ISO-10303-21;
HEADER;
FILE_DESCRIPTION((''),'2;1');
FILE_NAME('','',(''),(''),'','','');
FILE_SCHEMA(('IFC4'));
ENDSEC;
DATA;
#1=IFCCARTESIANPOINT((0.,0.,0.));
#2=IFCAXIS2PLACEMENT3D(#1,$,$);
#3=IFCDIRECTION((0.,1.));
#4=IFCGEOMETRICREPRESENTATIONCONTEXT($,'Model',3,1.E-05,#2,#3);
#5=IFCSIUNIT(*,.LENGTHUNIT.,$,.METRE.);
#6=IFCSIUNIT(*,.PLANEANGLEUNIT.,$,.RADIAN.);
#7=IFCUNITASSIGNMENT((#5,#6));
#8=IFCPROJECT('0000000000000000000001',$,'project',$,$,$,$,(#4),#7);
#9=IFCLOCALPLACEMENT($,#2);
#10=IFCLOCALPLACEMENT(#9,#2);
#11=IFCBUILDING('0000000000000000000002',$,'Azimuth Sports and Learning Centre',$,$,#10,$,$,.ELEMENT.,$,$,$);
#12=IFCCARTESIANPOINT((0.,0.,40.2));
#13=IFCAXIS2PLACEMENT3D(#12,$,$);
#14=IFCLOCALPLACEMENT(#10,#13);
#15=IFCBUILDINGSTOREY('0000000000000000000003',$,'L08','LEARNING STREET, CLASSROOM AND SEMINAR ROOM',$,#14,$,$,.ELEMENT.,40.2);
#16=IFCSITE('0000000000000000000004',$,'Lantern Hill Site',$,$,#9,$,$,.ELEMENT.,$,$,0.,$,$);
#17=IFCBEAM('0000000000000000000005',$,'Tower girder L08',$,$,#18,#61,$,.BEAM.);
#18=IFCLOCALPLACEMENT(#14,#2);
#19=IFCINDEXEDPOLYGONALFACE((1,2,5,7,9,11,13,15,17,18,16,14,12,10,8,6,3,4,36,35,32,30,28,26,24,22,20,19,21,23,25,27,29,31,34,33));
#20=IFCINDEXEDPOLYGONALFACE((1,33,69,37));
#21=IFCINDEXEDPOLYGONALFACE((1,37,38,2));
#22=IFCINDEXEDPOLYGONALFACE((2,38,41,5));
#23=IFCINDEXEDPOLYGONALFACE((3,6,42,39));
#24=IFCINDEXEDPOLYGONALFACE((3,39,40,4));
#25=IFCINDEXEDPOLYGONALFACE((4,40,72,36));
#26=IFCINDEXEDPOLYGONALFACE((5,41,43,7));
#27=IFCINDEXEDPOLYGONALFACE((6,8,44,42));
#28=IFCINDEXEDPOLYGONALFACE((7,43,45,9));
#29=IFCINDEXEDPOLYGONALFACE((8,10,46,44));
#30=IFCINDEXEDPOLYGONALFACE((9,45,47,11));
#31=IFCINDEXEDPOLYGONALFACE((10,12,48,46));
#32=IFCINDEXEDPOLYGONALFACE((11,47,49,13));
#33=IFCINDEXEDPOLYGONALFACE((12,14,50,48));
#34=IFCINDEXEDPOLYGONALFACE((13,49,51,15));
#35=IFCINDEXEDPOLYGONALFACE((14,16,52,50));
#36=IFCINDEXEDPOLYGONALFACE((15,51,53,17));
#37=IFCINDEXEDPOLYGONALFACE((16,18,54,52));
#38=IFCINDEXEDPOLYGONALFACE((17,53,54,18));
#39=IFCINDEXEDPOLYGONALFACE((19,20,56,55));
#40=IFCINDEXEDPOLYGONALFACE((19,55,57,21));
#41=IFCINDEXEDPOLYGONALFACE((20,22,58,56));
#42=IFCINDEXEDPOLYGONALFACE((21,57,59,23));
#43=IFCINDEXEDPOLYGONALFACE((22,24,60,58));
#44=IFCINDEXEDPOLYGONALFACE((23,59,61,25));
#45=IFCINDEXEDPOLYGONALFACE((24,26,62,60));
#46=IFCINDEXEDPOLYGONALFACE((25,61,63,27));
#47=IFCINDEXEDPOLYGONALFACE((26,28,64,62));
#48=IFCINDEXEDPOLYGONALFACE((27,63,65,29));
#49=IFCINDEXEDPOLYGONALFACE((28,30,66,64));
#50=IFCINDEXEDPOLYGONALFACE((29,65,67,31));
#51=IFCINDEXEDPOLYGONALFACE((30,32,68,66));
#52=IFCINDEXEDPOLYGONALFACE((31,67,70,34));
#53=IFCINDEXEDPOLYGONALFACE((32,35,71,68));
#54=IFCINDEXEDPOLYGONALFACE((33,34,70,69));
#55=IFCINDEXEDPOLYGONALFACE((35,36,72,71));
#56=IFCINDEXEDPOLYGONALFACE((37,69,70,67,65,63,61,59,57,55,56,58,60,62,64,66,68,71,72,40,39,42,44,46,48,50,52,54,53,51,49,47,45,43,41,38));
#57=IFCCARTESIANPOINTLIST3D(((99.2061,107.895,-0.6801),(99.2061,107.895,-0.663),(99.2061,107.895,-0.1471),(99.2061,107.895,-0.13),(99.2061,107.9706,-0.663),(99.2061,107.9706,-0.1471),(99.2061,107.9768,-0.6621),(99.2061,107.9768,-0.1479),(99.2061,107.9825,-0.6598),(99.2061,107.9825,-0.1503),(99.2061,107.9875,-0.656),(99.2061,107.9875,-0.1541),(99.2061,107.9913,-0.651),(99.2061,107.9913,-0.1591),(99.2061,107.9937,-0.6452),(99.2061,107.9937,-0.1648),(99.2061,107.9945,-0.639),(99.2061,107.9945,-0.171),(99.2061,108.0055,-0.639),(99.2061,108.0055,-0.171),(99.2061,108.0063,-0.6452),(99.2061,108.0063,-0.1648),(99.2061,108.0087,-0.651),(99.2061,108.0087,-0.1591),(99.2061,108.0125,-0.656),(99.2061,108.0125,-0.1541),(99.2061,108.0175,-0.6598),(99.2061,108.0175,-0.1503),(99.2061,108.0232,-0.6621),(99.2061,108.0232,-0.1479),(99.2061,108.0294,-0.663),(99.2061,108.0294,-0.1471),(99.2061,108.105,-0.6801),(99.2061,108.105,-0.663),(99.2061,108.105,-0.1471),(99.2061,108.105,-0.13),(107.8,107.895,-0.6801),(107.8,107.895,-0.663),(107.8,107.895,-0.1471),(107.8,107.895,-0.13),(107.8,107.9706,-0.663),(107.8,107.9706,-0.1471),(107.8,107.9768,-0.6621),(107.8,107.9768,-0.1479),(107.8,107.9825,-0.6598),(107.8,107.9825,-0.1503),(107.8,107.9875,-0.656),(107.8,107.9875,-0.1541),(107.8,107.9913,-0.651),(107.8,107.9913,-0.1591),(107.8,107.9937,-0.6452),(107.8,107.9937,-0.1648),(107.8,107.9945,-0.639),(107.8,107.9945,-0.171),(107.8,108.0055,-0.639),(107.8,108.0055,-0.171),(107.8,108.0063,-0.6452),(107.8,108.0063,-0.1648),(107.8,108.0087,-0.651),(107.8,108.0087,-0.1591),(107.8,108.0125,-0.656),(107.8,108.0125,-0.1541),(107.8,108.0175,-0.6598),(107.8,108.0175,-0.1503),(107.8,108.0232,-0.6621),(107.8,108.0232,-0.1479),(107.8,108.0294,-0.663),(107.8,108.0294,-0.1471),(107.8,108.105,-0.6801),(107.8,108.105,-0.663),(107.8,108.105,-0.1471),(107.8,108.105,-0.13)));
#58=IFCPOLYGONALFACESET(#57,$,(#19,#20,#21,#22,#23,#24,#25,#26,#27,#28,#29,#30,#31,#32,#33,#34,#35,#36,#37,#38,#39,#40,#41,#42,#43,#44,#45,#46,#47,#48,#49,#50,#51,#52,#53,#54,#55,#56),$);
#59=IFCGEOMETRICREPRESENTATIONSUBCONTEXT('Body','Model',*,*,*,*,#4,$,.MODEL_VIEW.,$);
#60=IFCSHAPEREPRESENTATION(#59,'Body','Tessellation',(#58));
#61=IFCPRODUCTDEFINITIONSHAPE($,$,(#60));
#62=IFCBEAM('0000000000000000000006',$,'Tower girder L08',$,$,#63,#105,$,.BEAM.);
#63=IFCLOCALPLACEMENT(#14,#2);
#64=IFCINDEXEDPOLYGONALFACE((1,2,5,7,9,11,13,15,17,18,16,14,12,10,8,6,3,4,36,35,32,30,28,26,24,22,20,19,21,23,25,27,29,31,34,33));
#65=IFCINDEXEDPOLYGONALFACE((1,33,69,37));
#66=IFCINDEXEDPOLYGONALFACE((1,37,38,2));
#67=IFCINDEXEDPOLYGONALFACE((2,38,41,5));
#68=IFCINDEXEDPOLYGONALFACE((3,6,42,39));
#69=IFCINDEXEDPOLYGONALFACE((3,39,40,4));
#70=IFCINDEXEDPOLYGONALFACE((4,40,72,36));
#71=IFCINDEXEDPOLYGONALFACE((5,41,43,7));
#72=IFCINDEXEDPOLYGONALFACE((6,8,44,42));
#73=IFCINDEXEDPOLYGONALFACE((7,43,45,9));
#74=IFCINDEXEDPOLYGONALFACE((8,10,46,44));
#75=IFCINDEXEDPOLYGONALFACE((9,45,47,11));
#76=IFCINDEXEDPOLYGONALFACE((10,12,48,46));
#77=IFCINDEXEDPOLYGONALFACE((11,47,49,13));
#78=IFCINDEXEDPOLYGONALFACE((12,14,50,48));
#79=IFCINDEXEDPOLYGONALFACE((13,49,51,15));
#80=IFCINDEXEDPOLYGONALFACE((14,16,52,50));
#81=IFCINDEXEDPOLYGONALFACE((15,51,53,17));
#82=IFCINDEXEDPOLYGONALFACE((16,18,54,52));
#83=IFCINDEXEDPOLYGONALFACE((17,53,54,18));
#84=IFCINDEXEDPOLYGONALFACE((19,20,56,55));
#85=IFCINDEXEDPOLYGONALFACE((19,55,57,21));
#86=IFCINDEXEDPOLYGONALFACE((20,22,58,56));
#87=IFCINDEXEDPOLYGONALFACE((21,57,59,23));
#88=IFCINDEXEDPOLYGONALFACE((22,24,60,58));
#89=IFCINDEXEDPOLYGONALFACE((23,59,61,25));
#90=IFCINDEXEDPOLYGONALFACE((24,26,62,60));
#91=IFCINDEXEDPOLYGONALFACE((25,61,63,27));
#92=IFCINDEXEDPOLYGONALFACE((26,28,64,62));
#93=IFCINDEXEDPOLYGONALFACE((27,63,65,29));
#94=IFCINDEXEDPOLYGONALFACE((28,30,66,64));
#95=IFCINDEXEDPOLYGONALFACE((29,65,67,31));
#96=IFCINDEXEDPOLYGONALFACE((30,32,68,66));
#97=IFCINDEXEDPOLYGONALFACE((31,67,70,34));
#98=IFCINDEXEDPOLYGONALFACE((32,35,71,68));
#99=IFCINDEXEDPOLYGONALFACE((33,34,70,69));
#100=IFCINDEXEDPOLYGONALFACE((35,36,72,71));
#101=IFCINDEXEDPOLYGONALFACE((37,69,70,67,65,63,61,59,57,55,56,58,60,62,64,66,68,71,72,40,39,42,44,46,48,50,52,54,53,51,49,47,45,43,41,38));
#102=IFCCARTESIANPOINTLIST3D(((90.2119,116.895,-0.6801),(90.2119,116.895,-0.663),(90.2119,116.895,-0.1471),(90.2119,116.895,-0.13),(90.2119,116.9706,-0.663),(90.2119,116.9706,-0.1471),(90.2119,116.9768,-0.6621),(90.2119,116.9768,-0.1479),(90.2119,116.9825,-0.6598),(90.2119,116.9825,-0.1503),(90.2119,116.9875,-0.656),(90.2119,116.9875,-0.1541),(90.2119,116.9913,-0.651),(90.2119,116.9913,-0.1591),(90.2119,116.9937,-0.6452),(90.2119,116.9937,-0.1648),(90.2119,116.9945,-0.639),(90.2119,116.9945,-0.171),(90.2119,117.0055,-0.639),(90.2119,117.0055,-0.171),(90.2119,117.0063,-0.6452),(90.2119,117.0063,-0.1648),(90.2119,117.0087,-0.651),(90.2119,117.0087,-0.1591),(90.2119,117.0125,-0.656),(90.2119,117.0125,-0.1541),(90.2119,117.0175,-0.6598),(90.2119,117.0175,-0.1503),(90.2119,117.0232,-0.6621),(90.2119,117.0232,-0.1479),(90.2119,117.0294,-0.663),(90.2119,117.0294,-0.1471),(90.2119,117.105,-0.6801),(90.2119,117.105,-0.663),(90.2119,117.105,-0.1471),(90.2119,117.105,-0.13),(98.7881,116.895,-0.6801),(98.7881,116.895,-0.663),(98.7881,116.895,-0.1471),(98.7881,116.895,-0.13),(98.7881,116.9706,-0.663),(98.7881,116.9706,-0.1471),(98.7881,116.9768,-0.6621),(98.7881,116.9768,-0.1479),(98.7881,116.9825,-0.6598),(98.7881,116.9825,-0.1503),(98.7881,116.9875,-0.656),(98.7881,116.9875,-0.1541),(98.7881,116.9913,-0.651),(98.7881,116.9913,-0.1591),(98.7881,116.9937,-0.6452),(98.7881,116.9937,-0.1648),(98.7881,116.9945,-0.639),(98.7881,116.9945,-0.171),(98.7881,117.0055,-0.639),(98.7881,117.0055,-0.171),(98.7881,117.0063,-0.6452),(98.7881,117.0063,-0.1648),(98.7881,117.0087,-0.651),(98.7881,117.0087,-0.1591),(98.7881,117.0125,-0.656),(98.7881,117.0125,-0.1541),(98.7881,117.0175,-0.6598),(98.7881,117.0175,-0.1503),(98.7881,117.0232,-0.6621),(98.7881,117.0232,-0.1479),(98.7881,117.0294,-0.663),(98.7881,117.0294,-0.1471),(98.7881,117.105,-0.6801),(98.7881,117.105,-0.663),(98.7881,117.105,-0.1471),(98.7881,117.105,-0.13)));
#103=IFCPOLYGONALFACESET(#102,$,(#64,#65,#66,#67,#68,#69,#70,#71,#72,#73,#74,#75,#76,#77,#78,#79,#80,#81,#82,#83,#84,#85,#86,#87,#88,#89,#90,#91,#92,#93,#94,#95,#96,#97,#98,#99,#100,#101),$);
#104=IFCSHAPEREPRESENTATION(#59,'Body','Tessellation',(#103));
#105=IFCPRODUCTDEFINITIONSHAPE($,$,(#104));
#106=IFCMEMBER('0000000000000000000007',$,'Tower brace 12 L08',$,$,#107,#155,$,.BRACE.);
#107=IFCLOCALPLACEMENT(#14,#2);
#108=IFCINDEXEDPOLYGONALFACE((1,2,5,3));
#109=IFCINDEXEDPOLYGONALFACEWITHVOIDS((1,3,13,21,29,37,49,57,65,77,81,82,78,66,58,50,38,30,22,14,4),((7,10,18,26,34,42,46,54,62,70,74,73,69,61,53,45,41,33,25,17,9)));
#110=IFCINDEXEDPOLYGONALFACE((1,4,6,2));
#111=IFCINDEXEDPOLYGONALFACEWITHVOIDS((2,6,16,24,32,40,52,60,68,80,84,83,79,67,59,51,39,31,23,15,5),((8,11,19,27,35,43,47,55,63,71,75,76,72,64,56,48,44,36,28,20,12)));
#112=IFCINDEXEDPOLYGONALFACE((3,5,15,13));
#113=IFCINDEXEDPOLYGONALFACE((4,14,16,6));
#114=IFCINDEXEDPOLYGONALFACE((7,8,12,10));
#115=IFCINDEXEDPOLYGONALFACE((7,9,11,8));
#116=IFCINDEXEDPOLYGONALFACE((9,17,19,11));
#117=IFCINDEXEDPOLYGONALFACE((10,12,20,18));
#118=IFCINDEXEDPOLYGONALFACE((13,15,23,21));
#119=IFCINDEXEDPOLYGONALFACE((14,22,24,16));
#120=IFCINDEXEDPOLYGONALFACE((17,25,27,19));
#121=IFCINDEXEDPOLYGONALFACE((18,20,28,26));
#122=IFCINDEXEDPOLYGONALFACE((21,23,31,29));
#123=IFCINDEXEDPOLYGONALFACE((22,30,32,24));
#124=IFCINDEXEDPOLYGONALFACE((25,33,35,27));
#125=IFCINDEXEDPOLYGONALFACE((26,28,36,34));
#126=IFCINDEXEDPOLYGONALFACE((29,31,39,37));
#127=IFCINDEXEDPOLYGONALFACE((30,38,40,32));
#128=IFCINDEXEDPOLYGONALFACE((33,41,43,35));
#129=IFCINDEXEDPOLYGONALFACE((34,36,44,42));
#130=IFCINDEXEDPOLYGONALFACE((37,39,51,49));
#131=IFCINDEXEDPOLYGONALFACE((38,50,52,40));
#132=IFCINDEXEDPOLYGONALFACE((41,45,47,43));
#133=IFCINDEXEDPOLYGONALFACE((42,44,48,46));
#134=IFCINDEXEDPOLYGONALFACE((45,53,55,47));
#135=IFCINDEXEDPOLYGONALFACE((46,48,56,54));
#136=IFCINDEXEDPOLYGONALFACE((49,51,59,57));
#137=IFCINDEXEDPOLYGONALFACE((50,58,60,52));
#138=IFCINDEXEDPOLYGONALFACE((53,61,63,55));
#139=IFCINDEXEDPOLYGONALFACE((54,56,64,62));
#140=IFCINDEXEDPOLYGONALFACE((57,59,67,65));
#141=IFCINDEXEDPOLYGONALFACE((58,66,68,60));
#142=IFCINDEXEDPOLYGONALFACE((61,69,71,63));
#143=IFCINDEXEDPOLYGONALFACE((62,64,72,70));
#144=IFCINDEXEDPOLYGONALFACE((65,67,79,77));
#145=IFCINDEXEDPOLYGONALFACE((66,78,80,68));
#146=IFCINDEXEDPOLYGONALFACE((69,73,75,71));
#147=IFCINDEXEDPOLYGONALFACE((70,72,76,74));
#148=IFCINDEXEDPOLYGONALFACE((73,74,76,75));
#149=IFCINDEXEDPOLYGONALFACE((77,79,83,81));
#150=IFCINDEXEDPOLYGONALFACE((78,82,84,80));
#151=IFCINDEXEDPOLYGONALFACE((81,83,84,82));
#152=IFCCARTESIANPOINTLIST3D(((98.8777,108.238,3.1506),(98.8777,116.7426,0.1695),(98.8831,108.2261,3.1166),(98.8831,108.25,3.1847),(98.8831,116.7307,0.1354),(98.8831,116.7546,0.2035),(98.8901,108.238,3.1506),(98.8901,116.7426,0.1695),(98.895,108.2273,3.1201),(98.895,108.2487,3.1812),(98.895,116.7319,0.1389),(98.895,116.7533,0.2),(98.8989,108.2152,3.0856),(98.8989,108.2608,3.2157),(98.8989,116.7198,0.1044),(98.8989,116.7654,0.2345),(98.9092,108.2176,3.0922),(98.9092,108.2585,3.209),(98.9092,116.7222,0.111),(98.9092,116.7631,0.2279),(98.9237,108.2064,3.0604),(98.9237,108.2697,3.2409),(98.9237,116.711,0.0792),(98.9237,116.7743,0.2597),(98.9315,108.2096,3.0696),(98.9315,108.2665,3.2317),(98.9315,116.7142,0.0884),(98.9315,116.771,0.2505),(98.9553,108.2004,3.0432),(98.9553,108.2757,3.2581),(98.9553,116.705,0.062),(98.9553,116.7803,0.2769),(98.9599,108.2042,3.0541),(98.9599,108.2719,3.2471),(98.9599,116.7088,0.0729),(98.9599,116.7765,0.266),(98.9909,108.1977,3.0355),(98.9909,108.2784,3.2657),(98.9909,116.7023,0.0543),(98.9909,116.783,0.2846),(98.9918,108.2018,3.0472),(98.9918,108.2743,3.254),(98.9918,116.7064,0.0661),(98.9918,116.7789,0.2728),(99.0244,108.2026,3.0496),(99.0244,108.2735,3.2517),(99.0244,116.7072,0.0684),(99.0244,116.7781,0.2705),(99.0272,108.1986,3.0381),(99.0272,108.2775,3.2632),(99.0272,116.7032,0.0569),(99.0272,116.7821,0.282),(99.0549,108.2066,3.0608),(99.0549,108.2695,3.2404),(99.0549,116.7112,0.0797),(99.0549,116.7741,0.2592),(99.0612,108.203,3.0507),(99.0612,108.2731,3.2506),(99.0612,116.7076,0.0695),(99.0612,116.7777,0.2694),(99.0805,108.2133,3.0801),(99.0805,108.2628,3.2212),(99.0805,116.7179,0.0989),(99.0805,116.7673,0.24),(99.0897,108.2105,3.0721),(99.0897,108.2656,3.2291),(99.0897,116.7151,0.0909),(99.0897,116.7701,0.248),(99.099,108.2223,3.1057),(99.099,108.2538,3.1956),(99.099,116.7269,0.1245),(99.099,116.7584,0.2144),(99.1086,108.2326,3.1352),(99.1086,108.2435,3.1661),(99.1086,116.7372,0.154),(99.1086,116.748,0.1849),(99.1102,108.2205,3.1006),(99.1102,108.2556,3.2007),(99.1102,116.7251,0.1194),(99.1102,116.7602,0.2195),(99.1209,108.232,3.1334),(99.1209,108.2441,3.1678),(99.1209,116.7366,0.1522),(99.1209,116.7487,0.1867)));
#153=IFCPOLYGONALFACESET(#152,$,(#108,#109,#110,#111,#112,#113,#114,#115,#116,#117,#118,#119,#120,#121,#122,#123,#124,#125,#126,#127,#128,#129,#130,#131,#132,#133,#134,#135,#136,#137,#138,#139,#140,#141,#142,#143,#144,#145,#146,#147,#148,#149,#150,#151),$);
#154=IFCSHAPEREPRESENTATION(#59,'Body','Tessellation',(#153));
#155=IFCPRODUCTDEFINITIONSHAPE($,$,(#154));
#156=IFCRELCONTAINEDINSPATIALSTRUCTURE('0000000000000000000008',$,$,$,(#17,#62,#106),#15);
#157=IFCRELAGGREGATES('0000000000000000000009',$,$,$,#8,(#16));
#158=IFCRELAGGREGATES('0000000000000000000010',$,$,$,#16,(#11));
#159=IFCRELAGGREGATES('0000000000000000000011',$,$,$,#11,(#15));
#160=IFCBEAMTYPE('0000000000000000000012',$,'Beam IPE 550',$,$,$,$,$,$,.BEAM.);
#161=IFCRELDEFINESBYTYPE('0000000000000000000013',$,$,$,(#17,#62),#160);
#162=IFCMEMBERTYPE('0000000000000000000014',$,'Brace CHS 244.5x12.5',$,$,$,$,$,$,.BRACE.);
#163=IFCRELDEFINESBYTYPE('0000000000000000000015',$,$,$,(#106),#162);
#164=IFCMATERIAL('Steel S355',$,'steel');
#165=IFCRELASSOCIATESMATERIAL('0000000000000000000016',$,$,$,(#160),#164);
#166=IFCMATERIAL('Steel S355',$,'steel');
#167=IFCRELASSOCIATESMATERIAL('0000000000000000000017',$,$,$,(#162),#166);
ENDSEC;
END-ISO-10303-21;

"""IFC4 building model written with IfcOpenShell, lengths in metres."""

from ifc_helpers import new_model, si_unit, direction, frame, origin, origin_2d, place, context, subcontext, project, spatial, hollow_circle, i_section, extrude, material, material_profile, profile_set, type_object, element, save


model = new_model("IFC4")

# Units and contexts
model_context = context("Model", 3, precision=1e-05, world=origin(), true_north=direction((0.0, 1.0)))
body_context = subcontext(model_context, "Body", "Model", "MODEL_VIEW")
ifc_project = project(units=[si_unit("LENGTHUNIT", "METRE"), si_unit("PLANEANGLEUNIT", "RADIAN")], contexts=[model_context])

# Site, building, storey
site_placement = place(None, origin())
site = spatial("IfcSite", under=ifc_project, at=site_placement, Name="Lantern Hill Site", CompositionType="ELEMENT", RefElevation=0.0)
building_placement = place(site_placement, origin())
building = spatial("IfcBuilding", under=site, at=building_placement, Name="Azimuth Sports and Learning Centre", CompositionType="ELEMENT")
storey_placement = place(building_placement, frame((0.0, 0.0, 40.2)))
storey = spatial("IfcBuildingStorey", under=building, at=storey_placement, Name="L08", Description="LEARNING STREET, CLASSROOM AND SEMINAR ROOM", CompositionType="ELEMENT", Elevation=40.2)

# Beams
ifc_material_1 = material(Name="Steel S355", Category="steel")
ifc_material_profile_1 = material_profile(ifc_material_1, i_section(OverallWidth=0.21, OverallDepth=0.55, WebThickness=0.011, FlangeThickness=0.0171, FilletRadius=0.0239, at=origin_2d()), Name="IPE 550")
ifc_profile_set_1 = profile_set([ifc_material_profile_1], Name="Steel S355")
beam_type_1 = type_object("IfcBeamType", Name="Beam IPE 550", PredefinedType="BEAM", material=ifc_profile_set_1)
beam_1_placement = place(storey_placement, frame((99.2061, 108.0, -0.405), z_axis=(1.0, 0.0, 0.0), x_axis=(0.0, 1.0, 0.0)))
element("IfcBeam", 1, at=beam_1_placement, inside=storey, type_object=beam_type_1, Name="Tower girder L08", PredefinedType="BEAM", context=body_context, shape_type="SweptSolid", body=[
    extrude(i_section(OverallWidth=0.21, OverallDepth=0.55, WebThickness=0.011, FlangeThickness=0.0171, FilletRadius=0.0239, at=origin_2d()), origin(), (0.0, 0.0, 1.0), 8.594),
])
beam_2_placement = place(storey_placement, frame((90.2119, 117.0, -0.405), z_axis=(1.0, 0.0, 0.0), x_axis=(0.0, 1.0, 0.0)))
element("IfcBeam", 2, at=beam_2_placement, inside=storey, type_object=beam_type_1, Name="Tower girder L08", PredefinedType="BEAM", context=body_context, shape_type="SweptSolid", body=[
    extrude(i_section(OverallWidth=0.21, OverallDepth=0.55, WebThickness=0.011, FlangeThickness=0.0171, FilletRadius=0.0239, at=origin_2d()), origin(), (0.0, 0.0, 1.0), 8.5762),
])

# Member
ifc_material_2 = material(Name="Steel S355", Category="steel")
ifc_material_profile_2 = material_profile(ifc_material_2, hollow_circle(Radius=0.1223, WallThickness=0.0125, at=origin_2d()), Name="CHS 244.5x12.5")
ifc_profile_set_2 = profile_set([ifc_material_profile_2], Name="Steel S355")
member_type = type_object("IfcMemberType", Name="Brace CHS 244.5x12.5", PredefinedType="BRACE", material=ifc_profile_set_2)
member_placement = place(storey_placement, frame((99.0, 108.238, 3.1506), z_axis=(0.0, 0.9437, -0.330803), x_axis=(-1.0, 0.0, 0.0)))
element("IfcMember", 3, at=member_placement, inside=storey, type_object=member_type, Name="Tower brace 12 L08", PredefinedType="BRACE", context=body_context, shape_type="SweptSolid", body=[
    extrude(hollow_circle(Radius=0.1223, WallThickness=0.0125, at=origin_2d()), origin(), (0.0, 0.0, 1.0), 9.012),
])

save(model, "model.ifc")
